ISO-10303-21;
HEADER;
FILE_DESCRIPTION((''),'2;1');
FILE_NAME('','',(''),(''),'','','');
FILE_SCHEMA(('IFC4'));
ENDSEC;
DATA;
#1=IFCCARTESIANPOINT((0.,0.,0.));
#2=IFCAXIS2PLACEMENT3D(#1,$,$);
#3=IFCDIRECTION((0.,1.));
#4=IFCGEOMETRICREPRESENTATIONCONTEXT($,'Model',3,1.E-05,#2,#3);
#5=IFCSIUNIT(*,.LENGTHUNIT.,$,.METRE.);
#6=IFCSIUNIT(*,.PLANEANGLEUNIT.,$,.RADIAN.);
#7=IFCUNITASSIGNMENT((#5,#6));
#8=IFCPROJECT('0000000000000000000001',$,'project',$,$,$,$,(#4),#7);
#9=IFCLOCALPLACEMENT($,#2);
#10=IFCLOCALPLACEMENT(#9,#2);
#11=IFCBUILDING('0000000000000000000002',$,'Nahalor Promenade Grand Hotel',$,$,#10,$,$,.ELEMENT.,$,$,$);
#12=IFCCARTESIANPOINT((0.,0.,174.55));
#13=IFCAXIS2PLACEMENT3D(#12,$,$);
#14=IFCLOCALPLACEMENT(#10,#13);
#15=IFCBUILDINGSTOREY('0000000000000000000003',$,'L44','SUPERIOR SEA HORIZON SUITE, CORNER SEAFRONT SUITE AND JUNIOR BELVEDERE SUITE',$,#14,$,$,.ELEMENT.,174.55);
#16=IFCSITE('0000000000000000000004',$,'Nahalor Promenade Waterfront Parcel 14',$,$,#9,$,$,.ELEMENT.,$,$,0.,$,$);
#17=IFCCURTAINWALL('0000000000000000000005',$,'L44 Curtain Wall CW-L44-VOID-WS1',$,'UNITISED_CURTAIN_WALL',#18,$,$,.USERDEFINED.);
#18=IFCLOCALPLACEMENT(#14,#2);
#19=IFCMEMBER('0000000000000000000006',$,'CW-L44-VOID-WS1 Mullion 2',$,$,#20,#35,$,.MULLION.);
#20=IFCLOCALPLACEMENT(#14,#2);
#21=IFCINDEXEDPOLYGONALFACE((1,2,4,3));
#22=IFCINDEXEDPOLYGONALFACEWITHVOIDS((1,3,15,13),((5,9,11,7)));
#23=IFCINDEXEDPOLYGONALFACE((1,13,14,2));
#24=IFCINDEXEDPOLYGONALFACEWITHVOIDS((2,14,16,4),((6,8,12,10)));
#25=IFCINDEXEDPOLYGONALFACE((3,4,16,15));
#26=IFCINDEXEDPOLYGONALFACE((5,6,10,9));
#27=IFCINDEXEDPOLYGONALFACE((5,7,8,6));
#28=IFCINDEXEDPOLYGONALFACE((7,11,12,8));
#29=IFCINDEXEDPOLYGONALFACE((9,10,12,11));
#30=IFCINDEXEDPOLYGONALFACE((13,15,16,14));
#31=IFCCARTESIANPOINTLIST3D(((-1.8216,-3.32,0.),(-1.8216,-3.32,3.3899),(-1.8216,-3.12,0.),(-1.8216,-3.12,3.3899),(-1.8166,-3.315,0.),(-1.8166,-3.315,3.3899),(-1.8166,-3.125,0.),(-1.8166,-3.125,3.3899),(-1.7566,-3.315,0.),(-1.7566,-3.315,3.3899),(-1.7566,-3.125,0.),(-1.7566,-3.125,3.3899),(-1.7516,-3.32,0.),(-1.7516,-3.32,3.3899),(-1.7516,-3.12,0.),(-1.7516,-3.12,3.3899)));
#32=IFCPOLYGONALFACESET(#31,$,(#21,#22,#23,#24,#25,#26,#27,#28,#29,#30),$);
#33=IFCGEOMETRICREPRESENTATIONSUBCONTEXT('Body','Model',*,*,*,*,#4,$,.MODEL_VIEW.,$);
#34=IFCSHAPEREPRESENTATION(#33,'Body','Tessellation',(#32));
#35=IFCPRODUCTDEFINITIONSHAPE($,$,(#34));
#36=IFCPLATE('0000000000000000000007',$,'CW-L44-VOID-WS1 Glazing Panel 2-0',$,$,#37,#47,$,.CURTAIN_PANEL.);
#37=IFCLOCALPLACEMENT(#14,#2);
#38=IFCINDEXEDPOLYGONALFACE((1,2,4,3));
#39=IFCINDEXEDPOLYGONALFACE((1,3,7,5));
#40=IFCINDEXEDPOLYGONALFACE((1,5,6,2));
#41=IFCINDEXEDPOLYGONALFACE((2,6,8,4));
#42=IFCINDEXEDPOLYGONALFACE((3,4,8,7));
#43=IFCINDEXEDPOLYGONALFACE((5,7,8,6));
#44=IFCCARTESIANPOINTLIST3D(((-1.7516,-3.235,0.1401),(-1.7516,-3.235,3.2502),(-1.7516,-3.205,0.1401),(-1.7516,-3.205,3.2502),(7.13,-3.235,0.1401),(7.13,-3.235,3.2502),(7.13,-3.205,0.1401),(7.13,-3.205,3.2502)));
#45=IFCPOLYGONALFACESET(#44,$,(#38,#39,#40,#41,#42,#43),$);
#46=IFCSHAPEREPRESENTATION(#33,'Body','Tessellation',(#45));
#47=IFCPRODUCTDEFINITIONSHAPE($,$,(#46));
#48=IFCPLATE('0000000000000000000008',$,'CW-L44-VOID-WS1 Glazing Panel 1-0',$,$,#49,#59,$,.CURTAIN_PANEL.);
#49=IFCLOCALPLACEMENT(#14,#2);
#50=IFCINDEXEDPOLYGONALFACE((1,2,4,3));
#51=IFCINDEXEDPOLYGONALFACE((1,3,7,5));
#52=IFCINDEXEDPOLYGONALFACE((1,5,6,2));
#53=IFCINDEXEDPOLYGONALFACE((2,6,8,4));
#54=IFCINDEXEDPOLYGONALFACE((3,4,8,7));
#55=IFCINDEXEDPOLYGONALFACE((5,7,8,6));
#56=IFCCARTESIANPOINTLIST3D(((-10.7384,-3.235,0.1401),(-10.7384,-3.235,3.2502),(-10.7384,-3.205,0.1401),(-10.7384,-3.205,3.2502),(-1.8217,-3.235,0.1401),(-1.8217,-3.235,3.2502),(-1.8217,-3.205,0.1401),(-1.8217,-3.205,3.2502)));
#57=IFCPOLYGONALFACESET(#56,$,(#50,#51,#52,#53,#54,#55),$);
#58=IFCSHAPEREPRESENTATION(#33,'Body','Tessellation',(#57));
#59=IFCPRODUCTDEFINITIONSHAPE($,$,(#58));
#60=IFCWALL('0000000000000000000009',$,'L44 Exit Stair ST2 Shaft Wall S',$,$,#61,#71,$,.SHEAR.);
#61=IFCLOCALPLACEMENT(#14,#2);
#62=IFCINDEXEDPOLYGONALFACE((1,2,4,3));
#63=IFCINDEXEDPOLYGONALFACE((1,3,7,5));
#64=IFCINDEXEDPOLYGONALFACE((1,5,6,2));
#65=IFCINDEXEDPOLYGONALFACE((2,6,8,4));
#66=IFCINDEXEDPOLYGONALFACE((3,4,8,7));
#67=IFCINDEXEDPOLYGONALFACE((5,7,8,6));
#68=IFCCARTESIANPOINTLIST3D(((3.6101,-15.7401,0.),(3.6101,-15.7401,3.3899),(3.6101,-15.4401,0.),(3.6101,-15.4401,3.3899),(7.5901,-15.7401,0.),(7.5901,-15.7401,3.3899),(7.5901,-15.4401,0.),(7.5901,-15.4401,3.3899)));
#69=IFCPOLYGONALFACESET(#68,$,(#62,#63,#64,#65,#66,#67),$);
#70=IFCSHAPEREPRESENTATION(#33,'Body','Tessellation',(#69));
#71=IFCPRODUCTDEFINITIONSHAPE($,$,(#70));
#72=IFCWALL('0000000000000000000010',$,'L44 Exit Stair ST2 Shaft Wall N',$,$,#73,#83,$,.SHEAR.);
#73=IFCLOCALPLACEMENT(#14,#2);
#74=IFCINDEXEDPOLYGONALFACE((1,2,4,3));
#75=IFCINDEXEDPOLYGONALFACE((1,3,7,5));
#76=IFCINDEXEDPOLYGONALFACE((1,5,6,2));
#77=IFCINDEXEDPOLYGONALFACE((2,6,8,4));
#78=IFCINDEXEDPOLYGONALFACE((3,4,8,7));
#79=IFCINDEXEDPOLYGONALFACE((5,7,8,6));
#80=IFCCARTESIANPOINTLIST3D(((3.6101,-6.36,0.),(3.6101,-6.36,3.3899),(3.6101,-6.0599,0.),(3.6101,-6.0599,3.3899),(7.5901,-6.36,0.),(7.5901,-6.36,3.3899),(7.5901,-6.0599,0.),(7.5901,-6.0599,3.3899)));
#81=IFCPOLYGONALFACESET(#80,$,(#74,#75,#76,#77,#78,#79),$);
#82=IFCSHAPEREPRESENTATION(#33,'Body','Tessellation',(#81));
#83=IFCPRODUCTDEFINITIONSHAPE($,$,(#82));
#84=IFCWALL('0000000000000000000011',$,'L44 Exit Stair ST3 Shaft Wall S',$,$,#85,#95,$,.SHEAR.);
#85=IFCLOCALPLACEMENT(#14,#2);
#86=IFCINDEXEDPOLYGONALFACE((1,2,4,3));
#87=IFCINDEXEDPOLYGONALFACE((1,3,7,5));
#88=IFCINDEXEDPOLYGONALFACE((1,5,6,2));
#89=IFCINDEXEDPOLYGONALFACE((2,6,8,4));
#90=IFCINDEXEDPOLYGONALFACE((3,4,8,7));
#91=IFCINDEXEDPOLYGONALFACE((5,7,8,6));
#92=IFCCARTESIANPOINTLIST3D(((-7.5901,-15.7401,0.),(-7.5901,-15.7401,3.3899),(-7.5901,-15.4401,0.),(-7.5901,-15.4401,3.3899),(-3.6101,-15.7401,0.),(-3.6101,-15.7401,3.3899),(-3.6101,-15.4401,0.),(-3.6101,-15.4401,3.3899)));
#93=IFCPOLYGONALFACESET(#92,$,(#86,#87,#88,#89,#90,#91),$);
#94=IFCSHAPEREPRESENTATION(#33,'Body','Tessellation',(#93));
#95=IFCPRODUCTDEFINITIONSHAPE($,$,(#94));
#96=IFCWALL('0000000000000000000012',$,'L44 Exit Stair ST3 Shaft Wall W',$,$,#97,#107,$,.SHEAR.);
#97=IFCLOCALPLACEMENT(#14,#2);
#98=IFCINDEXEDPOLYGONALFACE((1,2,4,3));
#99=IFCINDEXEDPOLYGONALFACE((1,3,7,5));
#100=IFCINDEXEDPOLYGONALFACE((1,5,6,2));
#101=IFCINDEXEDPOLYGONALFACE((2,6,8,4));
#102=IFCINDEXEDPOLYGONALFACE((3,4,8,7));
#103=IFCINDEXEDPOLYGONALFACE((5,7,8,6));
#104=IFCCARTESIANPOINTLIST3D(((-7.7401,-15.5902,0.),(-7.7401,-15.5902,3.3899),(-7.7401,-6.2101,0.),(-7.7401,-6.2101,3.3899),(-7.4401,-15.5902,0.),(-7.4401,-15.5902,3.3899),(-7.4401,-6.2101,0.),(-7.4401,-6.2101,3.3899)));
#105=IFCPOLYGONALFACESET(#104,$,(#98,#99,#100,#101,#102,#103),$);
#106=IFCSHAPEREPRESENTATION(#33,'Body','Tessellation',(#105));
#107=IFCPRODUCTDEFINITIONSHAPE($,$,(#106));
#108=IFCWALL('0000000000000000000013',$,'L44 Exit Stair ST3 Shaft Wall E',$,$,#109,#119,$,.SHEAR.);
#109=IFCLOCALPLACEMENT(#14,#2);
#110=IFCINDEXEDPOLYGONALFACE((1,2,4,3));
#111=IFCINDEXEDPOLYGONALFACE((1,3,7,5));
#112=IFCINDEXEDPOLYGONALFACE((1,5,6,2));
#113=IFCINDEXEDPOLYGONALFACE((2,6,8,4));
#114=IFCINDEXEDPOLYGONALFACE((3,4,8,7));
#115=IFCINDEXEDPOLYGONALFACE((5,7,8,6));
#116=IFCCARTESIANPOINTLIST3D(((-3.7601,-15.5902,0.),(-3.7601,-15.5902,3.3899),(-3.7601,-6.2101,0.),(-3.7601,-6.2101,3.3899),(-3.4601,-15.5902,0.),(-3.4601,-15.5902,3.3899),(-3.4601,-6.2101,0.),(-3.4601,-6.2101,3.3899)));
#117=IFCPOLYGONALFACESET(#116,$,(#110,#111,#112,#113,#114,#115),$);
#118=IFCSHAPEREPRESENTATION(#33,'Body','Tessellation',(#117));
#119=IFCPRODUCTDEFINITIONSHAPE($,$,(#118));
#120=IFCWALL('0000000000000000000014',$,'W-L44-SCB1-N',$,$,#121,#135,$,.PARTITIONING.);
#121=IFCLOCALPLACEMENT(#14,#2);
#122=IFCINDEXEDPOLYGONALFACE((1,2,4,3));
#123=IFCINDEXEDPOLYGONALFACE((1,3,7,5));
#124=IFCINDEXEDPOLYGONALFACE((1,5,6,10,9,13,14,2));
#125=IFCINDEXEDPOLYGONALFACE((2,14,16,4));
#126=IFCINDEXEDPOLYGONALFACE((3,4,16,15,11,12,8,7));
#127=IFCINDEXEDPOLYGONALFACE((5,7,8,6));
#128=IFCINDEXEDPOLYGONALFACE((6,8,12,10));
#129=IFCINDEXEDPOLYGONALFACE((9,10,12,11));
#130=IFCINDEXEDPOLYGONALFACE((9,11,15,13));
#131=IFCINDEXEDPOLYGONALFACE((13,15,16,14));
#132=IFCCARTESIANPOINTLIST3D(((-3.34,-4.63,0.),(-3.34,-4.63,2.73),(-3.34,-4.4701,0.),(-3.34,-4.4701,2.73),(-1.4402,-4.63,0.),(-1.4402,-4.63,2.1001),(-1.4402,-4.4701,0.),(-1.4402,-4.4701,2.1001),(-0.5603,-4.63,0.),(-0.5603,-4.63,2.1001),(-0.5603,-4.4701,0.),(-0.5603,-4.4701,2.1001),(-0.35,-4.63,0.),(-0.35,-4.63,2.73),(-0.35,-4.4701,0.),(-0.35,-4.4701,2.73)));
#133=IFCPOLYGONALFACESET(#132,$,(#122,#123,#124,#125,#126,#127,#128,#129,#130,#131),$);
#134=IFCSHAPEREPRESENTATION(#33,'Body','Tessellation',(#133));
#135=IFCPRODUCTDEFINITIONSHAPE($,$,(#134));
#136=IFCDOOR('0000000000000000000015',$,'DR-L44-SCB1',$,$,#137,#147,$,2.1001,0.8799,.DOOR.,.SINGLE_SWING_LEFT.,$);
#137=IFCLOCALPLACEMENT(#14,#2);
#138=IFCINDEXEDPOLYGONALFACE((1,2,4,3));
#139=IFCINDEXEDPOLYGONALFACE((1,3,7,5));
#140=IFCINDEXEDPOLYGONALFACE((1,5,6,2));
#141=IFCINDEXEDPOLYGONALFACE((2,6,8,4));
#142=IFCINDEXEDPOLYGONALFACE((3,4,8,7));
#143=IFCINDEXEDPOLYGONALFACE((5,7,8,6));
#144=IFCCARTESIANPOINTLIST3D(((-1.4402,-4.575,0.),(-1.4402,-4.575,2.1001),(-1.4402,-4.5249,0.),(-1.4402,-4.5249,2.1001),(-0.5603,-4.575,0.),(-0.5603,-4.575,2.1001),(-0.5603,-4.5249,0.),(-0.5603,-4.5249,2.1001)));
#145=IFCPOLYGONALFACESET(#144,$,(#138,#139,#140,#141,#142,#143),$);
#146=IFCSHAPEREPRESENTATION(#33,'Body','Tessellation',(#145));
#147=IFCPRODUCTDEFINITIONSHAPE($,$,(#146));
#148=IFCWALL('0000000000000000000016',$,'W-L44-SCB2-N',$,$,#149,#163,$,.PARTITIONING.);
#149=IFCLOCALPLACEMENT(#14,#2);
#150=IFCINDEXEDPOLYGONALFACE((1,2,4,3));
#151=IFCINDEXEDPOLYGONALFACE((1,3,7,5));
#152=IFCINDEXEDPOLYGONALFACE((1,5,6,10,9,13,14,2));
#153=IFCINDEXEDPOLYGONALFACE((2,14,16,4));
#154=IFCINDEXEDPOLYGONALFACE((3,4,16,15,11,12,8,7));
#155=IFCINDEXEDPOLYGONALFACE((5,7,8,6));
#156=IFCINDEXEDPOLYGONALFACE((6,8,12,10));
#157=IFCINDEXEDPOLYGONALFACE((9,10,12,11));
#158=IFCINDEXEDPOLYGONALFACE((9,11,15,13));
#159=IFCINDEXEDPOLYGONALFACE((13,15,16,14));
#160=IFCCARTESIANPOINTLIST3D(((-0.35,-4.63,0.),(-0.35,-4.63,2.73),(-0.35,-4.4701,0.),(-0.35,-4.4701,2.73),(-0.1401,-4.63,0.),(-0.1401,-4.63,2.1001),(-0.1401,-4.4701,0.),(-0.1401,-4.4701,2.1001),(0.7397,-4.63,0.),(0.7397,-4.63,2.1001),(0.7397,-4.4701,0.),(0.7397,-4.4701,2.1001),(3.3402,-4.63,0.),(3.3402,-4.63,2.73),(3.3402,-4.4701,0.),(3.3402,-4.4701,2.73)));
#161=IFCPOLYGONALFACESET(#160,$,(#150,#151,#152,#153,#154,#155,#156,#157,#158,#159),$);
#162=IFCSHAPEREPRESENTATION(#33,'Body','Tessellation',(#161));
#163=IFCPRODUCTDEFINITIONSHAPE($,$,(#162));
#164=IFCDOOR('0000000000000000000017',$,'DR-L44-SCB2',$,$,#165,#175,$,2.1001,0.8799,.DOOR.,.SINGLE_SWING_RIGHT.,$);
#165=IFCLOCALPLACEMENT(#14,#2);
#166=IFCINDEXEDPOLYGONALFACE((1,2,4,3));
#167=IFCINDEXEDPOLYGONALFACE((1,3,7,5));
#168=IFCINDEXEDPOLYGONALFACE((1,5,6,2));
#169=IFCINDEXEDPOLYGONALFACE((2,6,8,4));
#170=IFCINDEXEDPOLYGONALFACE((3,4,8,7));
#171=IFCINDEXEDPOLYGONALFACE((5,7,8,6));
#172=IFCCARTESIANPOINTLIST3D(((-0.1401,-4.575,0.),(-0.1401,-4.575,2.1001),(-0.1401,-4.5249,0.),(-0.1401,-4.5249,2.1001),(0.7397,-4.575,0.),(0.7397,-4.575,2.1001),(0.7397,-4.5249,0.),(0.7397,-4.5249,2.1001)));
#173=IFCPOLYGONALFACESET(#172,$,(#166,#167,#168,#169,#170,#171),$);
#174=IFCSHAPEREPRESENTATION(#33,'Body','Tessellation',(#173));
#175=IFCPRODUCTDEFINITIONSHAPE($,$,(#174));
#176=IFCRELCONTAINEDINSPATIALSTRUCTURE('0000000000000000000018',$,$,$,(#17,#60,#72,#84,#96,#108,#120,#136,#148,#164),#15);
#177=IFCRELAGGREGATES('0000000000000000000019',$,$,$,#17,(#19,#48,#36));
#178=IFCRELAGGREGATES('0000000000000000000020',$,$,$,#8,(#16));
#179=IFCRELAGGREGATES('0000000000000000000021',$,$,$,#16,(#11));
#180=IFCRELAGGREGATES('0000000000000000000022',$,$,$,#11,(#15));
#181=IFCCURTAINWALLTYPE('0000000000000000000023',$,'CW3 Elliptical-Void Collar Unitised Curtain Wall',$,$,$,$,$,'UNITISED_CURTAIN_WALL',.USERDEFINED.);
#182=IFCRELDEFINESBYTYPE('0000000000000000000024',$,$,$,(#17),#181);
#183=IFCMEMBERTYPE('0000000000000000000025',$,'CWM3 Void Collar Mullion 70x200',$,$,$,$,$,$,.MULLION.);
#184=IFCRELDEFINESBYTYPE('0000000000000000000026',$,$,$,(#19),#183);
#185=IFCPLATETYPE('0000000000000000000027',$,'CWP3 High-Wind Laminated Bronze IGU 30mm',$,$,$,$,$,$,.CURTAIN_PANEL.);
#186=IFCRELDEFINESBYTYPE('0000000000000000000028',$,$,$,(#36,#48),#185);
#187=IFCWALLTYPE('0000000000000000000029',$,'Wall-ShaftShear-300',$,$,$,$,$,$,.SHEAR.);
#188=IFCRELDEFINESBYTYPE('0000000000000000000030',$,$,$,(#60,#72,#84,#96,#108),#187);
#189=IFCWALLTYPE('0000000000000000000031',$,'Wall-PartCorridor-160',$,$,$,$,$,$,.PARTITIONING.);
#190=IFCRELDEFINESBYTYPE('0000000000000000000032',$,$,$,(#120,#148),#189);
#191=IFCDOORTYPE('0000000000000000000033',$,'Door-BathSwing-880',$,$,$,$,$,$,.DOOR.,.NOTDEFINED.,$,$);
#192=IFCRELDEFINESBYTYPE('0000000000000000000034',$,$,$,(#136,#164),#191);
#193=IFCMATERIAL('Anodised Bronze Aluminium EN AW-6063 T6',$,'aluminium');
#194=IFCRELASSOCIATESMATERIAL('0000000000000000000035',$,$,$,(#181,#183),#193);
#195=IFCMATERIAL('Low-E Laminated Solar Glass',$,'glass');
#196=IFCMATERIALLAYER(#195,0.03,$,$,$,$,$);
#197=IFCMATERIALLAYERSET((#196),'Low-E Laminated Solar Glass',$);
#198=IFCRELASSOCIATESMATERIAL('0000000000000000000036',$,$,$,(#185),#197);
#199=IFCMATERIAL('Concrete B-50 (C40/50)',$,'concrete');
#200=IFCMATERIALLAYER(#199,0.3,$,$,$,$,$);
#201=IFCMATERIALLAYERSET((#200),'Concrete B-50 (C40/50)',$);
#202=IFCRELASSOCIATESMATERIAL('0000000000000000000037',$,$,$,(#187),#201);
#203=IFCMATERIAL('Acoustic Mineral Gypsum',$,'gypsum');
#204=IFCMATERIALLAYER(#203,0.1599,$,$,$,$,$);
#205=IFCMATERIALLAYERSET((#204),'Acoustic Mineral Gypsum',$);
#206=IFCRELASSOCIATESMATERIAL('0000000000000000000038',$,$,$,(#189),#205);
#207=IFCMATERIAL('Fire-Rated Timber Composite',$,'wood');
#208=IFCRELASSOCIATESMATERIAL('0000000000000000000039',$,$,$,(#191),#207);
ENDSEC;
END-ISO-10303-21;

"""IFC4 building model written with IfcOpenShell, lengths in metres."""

from ifc_helpers import new_model, si_unit, direction, frame, frame_2d, origin, origin_2d, place, context, subcontext, project, spatial, rectangle, hollow_rectangle, extrude, source, transform, mapped, material, layer, layer_set, material_profile, profile_set, type_object, element, fill, aggregate, save


model = new_model("IFC4")

# Units and contexts
model_context = context("Model", 3, precision=1e-05, world=origin(), true_north=direction((0.0, 1.0)))
body_context = subcontext(model_context, "Body", "Model", "MODEL_VIEW")
ifc_project = project(units=[si_unit("LENGTHUNIT", "METRE"), si_unit("PLANEANGLEUNIT", "RADIAN")], contexts=[model_context])

# Site, building, storey
site_placement = place(None, origin())
site = spatial("IfcSite", under=ifc_project, at=site_placement, Name="Nahalor Promenade Waterfront Parcel 14", CompositionType="ELEMENT", RefElevation=0.0)
building_placement = place(site_placement, origin())
building = spatial("IfcBuilding", under=site, at=building_placement, Name="Nahalor Promenade Grand Hotel", CompositionType="ELEMENT")
storey_placement = place(building_placement, frame((0.0, 0.0, 174.55)))
storey = spatial("IfcBuildingStorey", under=building, at=storey_placement, Name="L44", Description="SUPERIOR SEA HORIZON SUITE, CORNER SEAFRONT SUITE AND JUNIOR BELVEDERE SUITE", CompositionType="ELEMENT", Elevation=174.55)

# Curtain wall, member, plates
ifc_material_1 = material(Name="Anodised Bronze Aluminium EN AW-6063 T6", Category="aluminium")
curtain_wall_type = type_object("IfcCurtainWallType", Name="CW3 Elliptical-Void Collar Unitised Curtain Wall", ElementType="UNITISED_CURTAIN_WALL", PredefinedType="USERDEFINED", material=ifc_material_1)
curtain_wall_placement = place(storey_placement, origin())
curtain_wall = element("IfcCurtainWall", 1, at=curtain_wall_placement, inside=storey, type_object=curtain_wall_type, Name="L44 Curtain Wall CW-L44-VOID-WS1", ObjectType="UNITISED_CURTAIN_WALL", PredefinedType="USERDEFINED")
ifc_material_profile_1 = material_profile(ifc_material_1, hollow_rectangle(XDim=0.07, YDim=0.2, WallThickness=0.005, at=origin_2d()), Name="CWM 70x200x5")
ifc_profile_set_1 = profile_set([ifc_material_profile_1], Name="Anodised Bronze Aluminium EN AW-6063 T6")
member_type_1 = type_object("IfcMemberType", Name="CWM3 Void Collar Mullion 70x200", PredefinedType="MULLION", material=ifc_profile_set_1)
shared_shape_1 = source(origin(), body_context, "Body", "SweptSolid", [
    extrude(hollow_rectangle(XDim=0.07, YDim=0.2, WallThickness=0.005, at=origin_2d()), origin(), (0.0, 0.0, 1.0), 3.3899),
])
member_1_placement = place(storey_placement, frame((-1.7866, -3.22, 0.0), z_axis=(0.0, 0.0, 1.0), x_axis=(1.0, 0.0, 0.0)))
member_1 = element("IfcMember", 2, at=member_1_placement, type_object=member_type_1, Name="CW-L44-VOID-WS1 Mullion 2", PredefinedType="MULLION", context=body_context, shape_type="MappedRepresentation", body=[
    mapped(shared_shape_1, transform((0.0, 0.0, 0.0), scale=1.0)),
])
ifc_material_2 = material(Name="Low-E Laminated Solar Glass", Category="glass")
ifc_layer_1 = layer(ifc_material_2, 0.03)
ifc_layer_set_1 = layer_set([ifc_layer_1], Name="Low-E Laminated Solar Glass")
plate_type = type_object("IfcPlateType", Name="CWP3 High-Wind Laminated Bronze IGU 30mm", PredefinedType="CURTAIN_PANEL", material=ifc_layer_set_1)
shared_shape_2 = source(origin(), body_context, "Body", "SweptSolid", [
    extrude(rectangle(XDim=8.8816, YDim=0.03, at=origin_2d()), origin(), (0.0, 0.0, 1.0), 3.1101),
])
plate_1_placement = place(storey_placement, frame((2.6892, -3.22, 0.1401), z_axis=(0.0, 0.0, 1.0), x_axis=(1.0, 0.0, 0.0)))
plate_1 = element("IfcPlate", 3, at=plate_1_placement, type_object=plate_type, Name="CW-L44-VOID-WS1 Glazing Panel 2-0", PredefinedType="CURTAIN_PANEL", context=body_context, shape_type="MappedRepresentation", body=[
    mapped(shared_shape_2, transform((0.0, 0.0, 0.0), scale=1.0)),
])
shared_shape_3 = source(origin(), body_context, "Body", "SweptSolid", [
    extrude(rectangle(XDim=8.9167, YDim=0.03, at=origin_2d()), origin(), (0.0, 0.0, 1.0), 3.1101),
])
plate_2_placement = place(storey_placement, frame((-6.28, -3.22, 0.1401), z_axis=(0.0, 0.0, 1.0), x_axis=(1.0, 0.0, 0.0)))
plate_2 = element("IfcPlate", 4, at=plate_2_placement, type_object=plate_type, Name="CW-L44-VOID-WS1 Glazing Panel 1-0", PredefinedType="CURTAIN_PANEL", context=body_context, shape_type="MappedRepresentation", body=[
    mapped(shared_shape_3, transform((0.0, 0.0, 0.0), scale=1.0)),
])
aggregate(curtain_wall, [member_1, plate_2, plate_1])

# Walls
ifc_material_3 = material(Name="Concrete B-50 (C40/50)", Category="concrete")
ifc_layer_2 = layer(ifc_material_3, 0.3)
ifc_layer_set_2 = layer_set([ifc_layer_2], Name="Concrete B-50 (C40/50)")
wall_type_1 = type_object("IfcWallType", Name="Wall-ShaftShear-300", PredefinedType="SHEAR", material=ifc_layer_set_2)
shared_shape_4 = source(origin(), body_context, "Body", "SweptSolid", [
    extrude(rectangle(XDim=3.98, YDim=0.3, at=frame_2d((1.99, 0.0))), origin(), (0.0, 0.0, 1.0), 3.3899),
])
for number, where, z_axis, x_axis, name in (
    (5, (3.6101, -15.5901, 0.0), (0.0, 0.0, 1.0), (1.0, 0.0, 0.0), "L44 Exit Stair ST2 Shaft Wall S"),
    (6, (3.6101, -6.21, 0.0), (0.0, 0.0, 1.0), (1.0, 0.0, 0.0), "L44 Exit Stair ST2 Shaft Wall N"),
    (7, (-7.5901, -15.5901, 0.0), (0.0, 0.0, 1.0), (1.0, 0.0, 0.0), "L44 Exit Stair ST3 Shaft Wall S"),
):
    element("IfcWall", number, at=place(storey_placement, frame(where, z_axis=z_axis, x_axis=x_axis)), inside=storey, type_object=wall_type_1, Name=name, PredefinedType="SHEAR", context=body_context, shape_type="MappedRepresentation", body=[
        mapped(shared_shape_4, transform((0.0, 0.0, 0.0), scale=1.0)),
    ])

# Walls
shared_shape_5 = source(origin(), body_context, "Body", "SweptSolid", [
    extrude(rectangle(XDim=9.3801, YDim=0.3, at=frame_2d((4.6899, 0.0))), origin(), (0.0, 0.0, 1.0), 3.3899),
])
for number, where, z_axis, x_axis, name in (
    (8, (-7.5901, -15.5901, 0.0), (0.0, 0.0, 1.0), (0.0, 1.0, 0.0), "L44 Exit Stair ST3 Shaft Wall W"),
    (9, (-3.6101, -15.5901, 0.0), (0.0, 0.0, 1.0), (0.0, 1.0, 0.0), "L44 Exit Stair ST3 Shaft Wall E"),
):
    element("IfcWall", number, at=place(storey_placement, frame(where, z_axis=z_axis, x_axis=x_axis)), inside=storey, type_object=wall_type_1, Name=name, PredefinedType="SHEAR", context=body_context, shape_type="MappedRepresentation", body=[
        mapped(shared_shape_5, transform((0.0, 0.0, 0.0), scale=1.0)),
    ])

# Walls, openings, doors
ifc_material_4 = material(Name="Acoustic Mineral Gypsum", Category="gypsum")
ifc_layer_3 = layer(ifc_material_4, 0.1599)
ifc_layer_set_3 = layer_set([ifc_layer_3], Name="Acoustic Mineral Gypsum")
wall_type_2 = type_object("IfcWallType", Name="Wall-PartCorridor-160", PredefinedType="PARTITIONING", material=ifc_layer_set_3)
shared_shape_6 = source(origin(), body_context, "Body", "SweptSolid", [
    extrude(rectangle(XDim=2.99, YDim=0.1599, at=frame_2d((1.4951, 0.0))), origin(), (0.0, 0.0, 1.0), 2.73),
])
wall_1_placement = place(storey_placement, frame((-3.3401, -4.55, 0.0), z_axis=(0.0, 0.0, 1.0), x_axis=(1.0, 0.0, 0.0)))
wall_1 = element("IfcWall", 10, at=wall_1_placement, inside=storey, type_object=wall_type_2, Name="W-L44-SCB1-N", PredefinedType="PARTITIONING", context=body_context, shape_type="MappedRepresentation", body=[
    mapped(shared_shape_6, transform((0.0, 0.0, 0.0), scale=1.0)),
])
opening_1_placement = place(wall_1_placement, frame((1.8999, 0.0, 0.0)))
opening_1 = element("IfcOpeningElement", 11, at=opening_1_placement, cuts=wall_1, PredefinedType="OPENING", context=body_context, shape_type="SweptSolid", body=[
    extrude(rectangle(XDim=0.8799, YDim=2.1001, at=frame_2d((0.4399, 1.05))), frame((0.0, 0.0898, 0.0), z_axis=(0.0, -1.0, 0.0), x_axis=(1.0, 0.0, 0.0)), (0.0, 0.0, 1.0), 0.1799),
])
ifc_material_5 = material(Name="Fire-Rated Timber Composite", Category="wood")
door_type_1 = type_object("IfcDoorType", Name="Door-BathSwing-880", OperationType="NOTDEFINED", PredefinedType="DOOR", material=ifc_material_5)
shared_shape_7 = source(origin(), body_context, "Body", "SweptSolid", [
    extrude(rectangle(XDim=0.8799, YDim=2.1001, at=frame_2d((0.4399, 1.05))), frame((0.0, 0.0249, 0.0), z_axis=(0.0, -1.0, 0.0), x_axis=(1.0, 0.0, 0.0)), (0.0, 0.0, 1.0), 0.05),
])
door_1_placement = place(opening_1_placement, frame((0.8799, 0.0, 0.0), z_axis=(0.0, 0.0, 1.0), x_axis=(-1.0, 0.0, 0.0)))
door_1 = element("IfcDoor", 12, at=door_1_placement, inside=storey, type_object=door_type_1, Name="DR-L44-SCB1", OperationType="SINGLE_SWING_LEFT", OverallHeight=2.1001, OverallWidth=0.8799, PredefinedType="DOOR", context=body_context, shape_type="MappedRepresentation", body=[
    mapped(shared_shape_7, transform((0.0, 0.0, 0.0), scale=1.0)),
])
fill(opening_1, door_1)
shared_shape_8 = source(origin(), body_context, "Body", "SweptSolid", [
    extrude(rectangle(XDim=3.6902, YDim=0.1599, at=frame_2d((1.8452, 0.0))), origin(), (0.0, 0.0, 1.0), 2.73),
])
wall_2_placement = place(storey_placement, frame((-0.3501, -4.55, 0.0), z_axis=(0.0, 0.0, 1.0), x_axis=(1.0, 0.0, 0.0)))
wall_2 = element("IfcWall", 13, at=wall_2_placement, inside=storey, type_object=wall_type_2, Name="W-L44-SCB2-N", PredefinedType="PARTITIONING", context=body_context, shape_type="MappedRepresentation", body=[
    mapped(shared_shape_8, transform((0.0, 0.0, 0.0), scale=1.0)),
])
opening_2_placement = place(wall_2_placement, frame((0.21, 0.0, 0.0)))
opening_2 = element("IfcOpeningElement", 14, at=opening_2_placement, cuts=wall_2, PredefinedType="OPENING", context=body_context, shape_type="SweptSolid", body=[
    extrude(rectangle(XDim=0.8799, YDim=2.1001, at=frame_2d((0.4399, 1.05))), frame((0.0, 0.0898, 0.0), z_axis=(0.0, -1.0, 0.0), x_axis=(1.0, 0.0, 0.0)), (0.0, 0.0, 1.0), 0.1799),
])
door_2_placement = place(opening_2_placement, frame((0.8799, 0.0, 0.0), z_axis=(0.0, 0.0, 1.0), x_axis=(-1.0, 0.0, 0.0)))
door_2 = element("IfcDoor", 15, at=door_2_placement, inside=storey, type_object=door_type_1, Name="DR-L44-SCB2", OperationType="SINGLE_SWING_RIGHT", OverallHeight=2.1001, OverallWidth=0.8799, PredefinedType="DOOR", context=body_context, shape_type="MappedRepresentation", body=[
    mapped(shared_shape_7, transform((0.0, 0.0, 0.0), scale=1.0)),
])
fill(opening_2, door_2)

save(model, "model.ifc")
